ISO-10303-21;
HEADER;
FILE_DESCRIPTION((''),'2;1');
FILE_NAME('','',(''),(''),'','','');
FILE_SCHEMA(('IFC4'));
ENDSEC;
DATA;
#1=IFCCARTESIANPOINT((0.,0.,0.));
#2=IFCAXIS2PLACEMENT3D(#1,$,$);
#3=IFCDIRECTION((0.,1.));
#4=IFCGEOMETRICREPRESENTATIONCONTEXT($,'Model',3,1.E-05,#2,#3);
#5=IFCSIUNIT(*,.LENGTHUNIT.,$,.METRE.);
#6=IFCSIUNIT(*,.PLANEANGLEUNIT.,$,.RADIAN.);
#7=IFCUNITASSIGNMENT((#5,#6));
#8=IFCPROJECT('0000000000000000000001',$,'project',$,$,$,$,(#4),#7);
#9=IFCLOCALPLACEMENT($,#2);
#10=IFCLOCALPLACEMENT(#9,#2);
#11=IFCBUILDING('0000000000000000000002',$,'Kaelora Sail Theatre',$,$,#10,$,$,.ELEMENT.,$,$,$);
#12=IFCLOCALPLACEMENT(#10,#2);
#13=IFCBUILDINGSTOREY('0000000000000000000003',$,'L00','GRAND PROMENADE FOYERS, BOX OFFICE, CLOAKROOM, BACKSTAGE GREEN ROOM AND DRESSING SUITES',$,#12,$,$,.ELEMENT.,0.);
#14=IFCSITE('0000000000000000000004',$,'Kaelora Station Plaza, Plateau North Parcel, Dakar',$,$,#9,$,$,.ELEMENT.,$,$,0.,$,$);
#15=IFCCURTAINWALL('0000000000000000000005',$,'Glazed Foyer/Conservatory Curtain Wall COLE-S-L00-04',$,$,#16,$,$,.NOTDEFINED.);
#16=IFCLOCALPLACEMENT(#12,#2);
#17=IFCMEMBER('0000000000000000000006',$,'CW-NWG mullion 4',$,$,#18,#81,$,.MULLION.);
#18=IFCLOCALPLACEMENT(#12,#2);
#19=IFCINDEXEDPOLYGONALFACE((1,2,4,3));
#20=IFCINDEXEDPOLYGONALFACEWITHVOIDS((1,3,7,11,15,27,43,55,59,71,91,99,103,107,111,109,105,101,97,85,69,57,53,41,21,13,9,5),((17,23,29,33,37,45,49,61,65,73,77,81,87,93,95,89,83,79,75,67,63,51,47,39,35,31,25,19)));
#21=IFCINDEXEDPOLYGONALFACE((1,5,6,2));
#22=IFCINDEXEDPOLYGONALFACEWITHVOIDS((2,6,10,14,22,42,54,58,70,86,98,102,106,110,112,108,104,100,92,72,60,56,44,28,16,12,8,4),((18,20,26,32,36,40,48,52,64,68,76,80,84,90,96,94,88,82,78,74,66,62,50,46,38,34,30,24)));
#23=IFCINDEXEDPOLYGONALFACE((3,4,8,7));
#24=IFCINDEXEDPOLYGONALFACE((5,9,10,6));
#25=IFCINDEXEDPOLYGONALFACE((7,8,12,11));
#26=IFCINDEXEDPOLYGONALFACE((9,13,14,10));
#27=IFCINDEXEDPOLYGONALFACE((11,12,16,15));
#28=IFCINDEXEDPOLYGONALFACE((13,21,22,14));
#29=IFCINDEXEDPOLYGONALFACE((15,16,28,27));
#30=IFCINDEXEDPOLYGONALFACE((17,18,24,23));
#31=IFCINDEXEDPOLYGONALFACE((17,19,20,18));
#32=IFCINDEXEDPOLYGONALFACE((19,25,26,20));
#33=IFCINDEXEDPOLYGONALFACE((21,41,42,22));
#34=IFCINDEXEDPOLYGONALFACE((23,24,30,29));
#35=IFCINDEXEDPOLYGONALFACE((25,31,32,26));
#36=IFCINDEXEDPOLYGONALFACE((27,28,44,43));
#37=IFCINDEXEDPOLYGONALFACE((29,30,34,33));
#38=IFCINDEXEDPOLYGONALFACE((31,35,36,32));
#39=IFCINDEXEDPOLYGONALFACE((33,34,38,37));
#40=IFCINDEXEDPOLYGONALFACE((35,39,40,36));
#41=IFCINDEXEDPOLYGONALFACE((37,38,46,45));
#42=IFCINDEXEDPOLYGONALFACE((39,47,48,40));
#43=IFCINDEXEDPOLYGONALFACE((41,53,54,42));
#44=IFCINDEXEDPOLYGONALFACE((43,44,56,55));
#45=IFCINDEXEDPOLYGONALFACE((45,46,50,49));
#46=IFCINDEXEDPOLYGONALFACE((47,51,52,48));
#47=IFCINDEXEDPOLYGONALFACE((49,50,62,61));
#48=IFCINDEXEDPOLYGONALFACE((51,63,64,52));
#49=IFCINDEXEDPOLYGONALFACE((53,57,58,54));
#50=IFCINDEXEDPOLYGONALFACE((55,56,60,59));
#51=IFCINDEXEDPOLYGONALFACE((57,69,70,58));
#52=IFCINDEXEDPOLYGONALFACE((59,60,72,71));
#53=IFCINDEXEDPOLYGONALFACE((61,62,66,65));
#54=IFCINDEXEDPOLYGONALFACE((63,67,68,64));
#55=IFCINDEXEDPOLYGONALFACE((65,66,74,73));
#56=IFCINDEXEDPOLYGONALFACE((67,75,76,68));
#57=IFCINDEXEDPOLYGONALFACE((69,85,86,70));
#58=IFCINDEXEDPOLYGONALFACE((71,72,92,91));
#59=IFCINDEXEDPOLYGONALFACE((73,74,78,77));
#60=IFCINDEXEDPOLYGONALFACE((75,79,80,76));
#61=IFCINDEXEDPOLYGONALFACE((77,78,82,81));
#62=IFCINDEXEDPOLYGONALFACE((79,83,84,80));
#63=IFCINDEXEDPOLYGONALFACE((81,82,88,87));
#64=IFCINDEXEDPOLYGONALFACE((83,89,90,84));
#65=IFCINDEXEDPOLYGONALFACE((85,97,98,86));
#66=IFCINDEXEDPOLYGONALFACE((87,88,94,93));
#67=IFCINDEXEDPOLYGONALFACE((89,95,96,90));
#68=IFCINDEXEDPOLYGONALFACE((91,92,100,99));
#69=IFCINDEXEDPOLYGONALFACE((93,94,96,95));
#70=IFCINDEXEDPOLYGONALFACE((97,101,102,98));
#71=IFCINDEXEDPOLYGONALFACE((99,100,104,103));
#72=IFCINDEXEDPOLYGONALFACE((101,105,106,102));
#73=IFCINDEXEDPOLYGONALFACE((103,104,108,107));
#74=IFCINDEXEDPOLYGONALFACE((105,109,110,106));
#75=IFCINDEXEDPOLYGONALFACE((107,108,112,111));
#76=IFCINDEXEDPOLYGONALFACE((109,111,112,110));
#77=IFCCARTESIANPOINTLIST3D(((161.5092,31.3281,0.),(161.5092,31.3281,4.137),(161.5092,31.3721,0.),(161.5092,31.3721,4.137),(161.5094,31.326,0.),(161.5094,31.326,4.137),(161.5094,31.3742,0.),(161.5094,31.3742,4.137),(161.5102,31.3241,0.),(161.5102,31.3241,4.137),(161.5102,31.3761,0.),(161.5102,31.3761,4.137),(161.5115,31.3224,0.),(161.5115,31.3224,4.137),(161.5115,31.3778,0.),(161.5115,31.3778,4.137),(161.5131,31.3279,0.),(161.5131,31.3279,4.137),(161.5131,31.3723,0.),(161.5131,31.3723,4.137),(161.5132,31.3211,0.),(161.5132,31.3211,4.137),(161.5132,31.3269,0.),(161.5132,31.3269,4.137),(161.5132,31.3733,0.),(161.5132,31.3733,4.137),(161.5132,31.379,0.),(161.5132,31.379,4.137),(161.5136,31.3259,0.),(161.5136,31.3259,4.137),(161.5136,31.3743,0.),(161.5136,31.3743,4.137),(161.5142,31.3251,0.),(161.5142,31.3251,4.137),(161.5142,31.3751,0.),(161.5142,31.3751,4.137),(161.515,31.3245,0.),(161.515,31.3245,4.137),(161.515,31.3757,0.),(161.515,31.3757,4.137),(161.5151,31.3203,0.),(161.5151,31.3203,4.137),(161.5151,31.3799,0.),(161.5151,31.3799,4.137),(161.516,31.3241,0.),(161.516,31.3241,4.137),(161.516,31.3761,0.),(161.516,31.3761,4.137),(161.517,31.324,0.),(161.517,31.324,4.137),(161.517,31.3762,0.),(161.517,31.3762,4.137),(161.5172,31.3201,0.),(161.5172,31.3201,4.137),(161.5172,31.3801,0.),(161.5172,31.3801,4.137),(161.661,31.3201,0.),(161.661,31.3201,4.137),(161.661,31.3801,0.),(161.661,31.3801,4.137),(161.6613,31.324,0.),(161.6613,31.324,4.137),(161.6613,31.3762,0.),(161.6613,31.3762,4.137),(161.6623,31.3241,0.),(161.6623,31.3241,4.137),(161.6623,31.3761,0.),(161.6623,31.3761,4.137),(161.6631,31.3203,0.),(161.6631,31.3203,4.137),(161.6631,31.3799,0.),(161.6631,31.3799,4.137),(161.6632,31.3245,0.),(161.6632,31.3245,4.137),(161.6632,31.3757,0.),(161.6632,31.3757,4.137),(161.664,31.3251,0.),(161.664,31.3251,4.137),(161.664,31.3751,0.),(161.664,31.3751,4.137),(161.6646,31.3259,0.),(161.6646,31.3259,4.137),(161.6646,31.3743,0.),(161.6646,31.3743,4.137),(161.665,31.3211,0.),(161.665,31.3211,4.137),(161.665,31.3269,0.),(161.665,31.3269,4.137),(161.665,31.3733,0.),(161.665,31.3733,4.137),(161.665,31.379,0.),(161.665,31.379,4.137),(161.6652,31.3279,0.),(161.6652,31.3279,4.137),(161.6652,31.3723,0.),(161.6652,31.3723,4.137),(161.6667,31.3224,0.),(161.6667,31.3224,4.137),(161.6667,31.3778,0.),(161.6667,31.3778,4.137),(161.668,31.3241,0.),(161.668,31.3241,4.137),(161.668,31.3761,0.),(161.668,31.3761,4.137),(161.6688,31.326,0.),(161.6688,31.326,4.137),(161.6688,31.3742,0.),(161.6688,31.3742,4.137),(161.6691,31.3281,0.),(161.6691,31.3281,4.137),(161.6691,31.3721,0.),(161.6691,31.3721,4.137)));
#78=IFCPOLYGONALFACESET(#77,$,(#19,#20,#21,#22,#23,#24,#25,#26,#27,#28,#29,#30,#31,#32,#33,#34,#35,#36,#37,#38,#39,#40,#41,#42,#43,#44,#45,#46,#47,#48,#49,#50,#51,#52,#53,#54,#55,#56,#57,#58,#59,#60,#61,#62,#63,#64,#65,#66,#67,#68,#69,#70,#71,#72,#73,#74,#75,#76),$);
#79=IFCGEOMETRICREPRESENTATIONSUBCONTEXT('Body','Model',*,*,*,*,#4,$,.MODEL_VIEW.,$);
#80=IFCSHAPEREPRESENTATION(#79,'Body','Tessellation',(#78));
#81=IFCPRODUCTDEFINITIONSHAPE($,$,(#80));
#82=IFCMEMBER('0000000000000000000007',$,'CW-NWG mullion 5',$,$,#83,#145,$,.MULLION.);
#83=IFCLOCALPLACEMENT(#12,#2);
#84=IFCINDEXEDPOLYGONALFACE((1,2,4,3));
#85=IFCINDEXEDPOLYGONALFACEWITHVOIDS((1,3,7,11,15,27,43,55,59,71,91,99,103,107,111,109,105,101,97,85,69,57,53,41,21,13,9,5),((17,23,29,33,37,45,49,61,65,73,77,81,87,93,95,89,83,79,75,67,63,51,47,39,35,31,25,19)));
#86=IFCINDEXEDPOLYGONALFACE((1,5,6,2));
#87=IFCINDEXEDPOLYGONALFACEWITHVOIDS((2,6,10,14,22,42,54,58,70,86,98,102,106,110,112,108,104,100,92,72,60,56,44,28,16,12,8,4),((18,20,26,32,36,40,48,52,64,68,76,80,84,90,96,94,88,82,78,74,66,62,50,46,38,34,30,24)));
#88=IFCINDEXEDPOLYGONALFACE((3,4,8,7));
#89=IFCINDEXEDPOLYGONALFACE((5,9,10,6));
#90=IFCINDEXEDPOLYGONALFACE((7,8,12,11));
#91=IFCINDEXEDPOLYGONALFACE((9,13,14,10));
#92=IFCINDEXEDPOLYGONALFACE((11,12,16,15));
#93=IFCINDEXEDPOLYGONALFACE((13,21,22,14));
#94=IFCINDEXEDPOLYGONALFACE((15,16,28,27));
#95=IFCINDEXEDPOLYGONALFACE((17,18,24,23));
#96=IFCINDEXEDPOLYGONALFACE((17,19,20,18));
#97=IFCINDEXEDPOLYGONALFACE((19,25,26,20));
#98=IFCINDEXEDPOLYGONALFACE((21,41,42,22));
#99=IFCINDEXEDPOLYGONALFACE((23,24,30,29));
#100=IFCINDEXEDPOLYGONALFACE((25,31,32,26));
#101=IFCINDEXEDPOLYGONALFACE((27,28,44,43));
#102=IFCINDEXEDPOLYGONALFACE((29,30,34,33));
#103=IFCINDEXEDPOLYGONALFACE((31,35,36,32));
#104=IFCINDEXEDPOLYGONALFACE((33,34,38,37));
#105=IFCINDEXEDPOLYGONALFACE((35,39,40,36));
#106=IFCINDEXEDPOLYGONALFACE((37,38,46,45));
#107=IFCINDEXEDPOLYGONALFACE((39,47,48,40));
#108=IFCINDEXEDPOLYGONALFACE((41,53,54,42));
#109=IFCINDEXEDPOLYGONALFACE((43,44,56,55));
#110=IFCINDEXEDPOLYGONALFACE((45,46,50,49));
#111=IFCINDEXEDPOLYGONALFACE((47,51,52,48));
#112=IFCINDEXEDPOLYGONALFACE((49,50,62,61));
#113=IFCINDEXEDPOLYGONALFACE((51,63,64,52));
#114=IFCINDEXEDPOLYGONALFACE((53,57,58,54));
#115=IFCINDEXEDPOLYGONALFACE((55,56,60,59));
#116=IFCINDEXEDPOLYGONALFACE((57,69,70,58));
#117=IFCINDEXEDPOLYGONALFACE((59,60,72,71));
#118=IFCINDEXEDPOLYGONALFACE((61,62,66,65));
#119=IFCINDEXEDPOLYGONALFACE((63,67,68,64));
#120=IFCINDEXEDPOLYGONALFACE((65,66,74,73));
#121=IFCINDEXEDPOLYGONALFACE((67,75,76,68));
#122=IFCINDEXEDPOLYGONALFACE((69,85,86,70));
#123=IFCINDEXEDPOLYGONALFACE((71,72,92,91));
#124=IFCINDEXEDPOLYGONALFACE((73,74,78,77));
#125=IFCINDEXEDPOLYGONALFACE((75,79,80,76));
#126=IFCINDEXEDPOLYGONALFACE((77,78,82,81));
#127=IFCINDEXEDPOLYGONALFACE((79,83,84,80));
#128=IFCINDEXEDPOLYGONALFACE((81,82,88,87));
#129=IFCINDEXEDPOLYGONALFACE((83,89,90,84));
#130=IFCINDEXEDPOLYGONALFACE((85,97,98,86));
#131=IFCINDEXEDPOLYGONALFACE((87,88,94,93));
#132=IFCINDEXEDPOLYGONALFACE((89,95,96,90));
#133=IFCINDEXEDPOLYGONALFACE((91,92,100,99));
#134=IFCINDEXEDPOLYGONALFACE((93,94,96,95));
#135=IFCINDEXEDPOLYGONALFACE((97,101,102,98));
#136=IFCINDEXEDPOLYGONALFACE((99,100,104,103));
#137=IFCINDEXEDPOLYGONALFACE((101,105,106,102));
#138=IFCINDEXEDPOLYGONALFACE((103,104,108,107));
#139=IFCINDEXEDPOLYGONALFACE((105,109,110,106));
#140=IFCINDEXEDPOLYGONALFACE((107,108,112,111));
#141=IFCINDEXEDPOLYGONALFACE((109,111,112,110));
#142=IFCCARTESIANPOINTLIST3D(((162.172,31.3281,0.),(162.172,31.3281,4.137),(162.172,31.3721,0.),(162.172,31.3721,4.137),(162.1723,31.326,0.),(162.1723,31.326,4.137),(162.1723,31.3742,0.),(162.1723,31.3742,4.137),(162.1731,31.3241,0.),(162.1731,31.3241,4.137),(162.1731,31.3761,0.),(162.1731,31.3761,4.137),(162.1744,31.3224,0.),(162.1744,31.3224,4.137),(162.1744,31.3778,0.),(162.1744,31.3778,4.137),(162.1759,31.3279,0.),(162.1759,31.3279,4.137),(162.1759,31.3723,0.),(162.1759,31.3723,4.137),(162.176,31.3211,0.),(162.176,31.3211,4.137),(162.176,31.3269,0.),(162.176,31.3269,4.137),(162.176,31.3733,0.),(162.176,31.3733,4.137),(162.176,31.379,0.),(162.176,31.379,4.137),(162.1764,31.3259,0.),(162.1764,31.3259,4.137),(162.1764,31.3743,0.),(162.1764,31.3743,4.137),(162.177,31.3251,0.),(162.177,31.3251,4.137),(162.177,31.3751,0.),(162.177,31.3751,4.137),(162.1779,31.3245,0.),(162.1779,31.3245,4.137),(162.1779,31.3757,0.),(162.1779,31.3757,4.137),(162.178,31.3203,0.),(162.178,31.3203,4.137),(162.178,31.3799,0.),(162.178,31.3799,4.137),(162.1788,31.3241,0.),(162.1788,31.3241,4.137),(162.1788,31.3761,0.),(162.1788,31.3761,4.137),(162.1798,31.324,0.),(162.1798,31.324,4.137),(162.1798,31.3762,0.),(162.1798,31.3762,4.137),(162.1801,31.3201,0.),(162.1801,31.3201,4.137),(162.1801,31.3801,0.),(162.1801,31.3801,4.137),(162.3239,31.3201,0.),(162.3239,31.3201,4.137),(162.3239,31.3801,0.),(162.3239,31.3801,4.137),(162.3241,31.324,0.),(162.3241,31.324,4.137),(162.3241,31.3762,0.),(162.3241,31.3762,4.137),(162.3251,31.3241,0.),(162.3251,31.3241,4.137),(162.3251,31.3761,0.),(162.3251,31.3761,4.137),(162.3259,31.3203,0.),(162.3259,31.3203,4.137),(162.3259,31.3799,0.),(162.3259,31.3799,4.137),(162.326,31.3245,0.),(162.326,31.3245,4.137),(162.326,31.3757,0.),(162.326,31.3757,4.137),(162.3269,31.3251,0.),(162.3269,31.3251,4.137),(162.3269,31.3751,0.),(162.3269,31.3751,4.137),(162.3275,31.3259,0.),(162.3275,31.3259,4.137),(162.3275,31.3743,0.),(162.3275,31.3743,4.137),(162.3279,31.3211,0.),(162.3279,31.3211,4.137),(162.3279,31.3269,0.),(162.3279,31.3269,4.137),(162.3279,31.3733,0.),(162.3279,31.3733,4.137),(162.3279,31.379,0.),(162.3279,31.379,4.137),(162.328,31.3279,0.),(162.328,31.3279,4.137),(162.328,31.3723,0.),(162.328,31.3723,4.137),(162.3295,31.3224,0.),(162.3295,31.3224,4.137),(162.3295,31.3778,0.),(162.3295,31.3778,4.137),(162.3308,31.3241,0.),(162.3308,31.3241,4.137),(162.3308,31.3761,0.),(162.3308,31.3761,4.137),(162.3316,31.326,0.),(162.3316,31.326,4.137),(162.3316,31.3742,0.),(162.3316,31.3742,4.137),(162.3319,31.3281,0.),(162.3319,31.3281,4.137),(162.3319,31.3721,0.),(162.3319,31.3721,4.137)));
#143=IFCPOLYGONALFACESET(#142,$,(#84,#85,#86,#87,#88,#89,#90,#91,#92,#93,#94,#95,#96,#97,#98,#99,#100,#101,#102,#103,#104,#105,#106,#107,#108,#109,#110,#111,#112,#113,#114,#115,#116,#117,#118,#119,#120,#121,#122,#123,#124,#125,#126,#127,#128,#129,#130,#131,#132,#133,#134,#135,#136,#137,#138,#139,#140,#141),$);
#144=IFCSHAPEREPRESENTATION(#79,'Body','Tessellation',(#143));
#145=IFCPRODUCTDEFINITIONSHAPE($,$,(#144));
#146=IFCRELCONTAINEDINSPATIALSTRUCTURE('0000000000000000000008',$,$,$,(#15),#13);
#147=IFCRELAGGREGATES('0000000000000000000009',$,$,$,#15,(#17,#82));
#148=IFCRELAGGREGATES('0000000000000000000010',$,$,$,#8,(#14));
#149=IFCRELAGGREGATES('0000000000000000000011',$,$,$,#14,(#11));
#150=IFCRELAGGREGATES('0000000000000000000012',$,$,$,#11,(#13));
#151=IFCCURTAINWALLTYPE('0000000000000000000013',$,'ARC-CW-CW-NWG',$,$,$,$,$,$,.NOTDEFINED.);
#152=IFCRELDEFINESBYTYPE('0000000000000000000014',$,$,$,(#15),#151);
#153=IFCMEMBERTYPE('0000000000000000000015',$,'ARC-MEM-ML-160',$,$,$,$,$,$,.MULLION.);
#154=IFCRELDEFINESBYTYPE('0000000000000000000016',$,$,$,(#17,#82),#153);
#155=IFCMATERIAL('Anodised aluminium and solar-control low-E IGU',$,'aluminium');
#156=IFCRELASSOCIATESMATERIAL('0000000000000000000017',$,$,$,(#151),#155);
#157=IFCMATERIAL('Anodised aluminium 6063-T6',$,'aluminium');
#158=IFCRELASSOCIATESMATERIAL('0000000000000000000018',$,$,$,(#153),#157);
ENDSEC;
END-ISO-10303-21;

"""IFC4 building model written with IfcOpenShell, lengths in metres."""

from ifc_helpers import new_model, si_unit, direction, frame, origin, origin_2d, place, context, subcontext, project, spatial, hollow_rectangle, extrude, material, material_profile, profile_set, type_object, element, aggregate, save


model = new_model("IFC4")

# Units and contexts
model_context = context("Model", 3, precision=1e-05, world=origin(), true_north=direction((0.0, 1.0)))
body_context = subcontext(model_context, "Body", "Model", "MODEL_VIEW")
ifc_project = project(units=[si_unit("LENGTHUNIT", "METRE"), si_unit("PLANEANGLEUNIT", "RADIAN")], contexts=[model_context])

# Site, building, storey
site_placement = place(None, origin())
site = spatial("IfcSite", under=ifc_project, at=site_placement, Name="Kaelora Station Plaza, Plateau North Parcel, Dakar", CompositionType="ELEMENT", RefElevation=0.0)
building_placement = place(site_placement, origin())
building = spatial("IfcBuilding", under=site, at=building_placement, Name="Kaelora Sail Theatre", CompositionType="ELEMENT")
storey_placement = place(building_placement, origin())
storey = spatial("IfcBuildingStorey", under=building, at=storey_placement, Name="L00", Description="GRAND PROMENADE FOYERS, BOX OFFICE, CLOAKROOM, BACKSTAGE GREEN ROOM AND DRESSING SUITES", CompositionType="ELEMENT", Elevation=0.0)

# Curtain wall, members
ifc_material_1 = material(Name="Anodised aluminium and solar-control low-E IGU", Category="aluminium")
curtain_wall_type_1 = type_object("IfcCurtainWallType", Name="ARC-CW-CW-NWG", PredefinedType="NOTDEFINED", material=ifc_material_1)
curtain_wall_1_placement = place(storey_placement, origin())
curtain_wall_1 = element("IfcCurtainWall", 1, at=curtain_wall_1_placement, inside=storey, type_object=curtain_wall_type_1, Name="Glazed Foyer/Conservatory Curtain Wall COLE-S-L00-04", PredefinedType="NOTDEFINED")
ifc_material_2 = material(Name="Anodised aluminium 6063-T6", Category="aluminium")
ifc_material_profile_1 = material_profile(ifc_material_2, hollow_rectangle(XDim=0.0601, YDim=0.1599, WallThickness=0.0039, InnerFilletRadius=0.0039, OuterFilletRadius=0.0081, at=origin_2d()), Name="ALU-MULL 60x160x4")
ifc_profile_set_1 = profile_set([ifc_material_profile_1], Name="Anodised aluminium 6063-T6")
member_type_1 = type_object("IfcMemberType", Name="ARC-MEM-ML-160", PredefinedType="MULLION", material=ifc_profile_set_1)
member_1_placement = place(storey_placement, frame((161.5891, 31.3501, 0.0), z_axis=(0.0, 0.0, 1.0), x_axis=(0.0, 1.0, 0.0)))
member_1 = element("IfcMember", 2, at=member_1_placement, type_object=member_type_1, Name="CW-NWG mullion 4", PredefinedType="MULLION", context=body_context, shape_type="SweptSolid", body=[
    extrude(hollow_rectangle(XDim=0.0601, YDim=0.1599, WallThickness=0.0039, InnerFilletRadius=0.0039, OuterFilletRadius=0.0081, at=origin_2d()), origin(), (0.0, 0.0, 1.0), 4.137),
])
member_2_placement = place(storey_placement, frame((162.252, 31.3501, 0.0), z_axis=(0.0, 0.0, 1.0), x_axis=(0.0, 1.0, 0.0)))
member_2 = element("IfcMember", 3, at=member_2_placement, type_object=member_type_1, Name="CW-NWG mullion 5", PredefinedType="MULLION", context=body_context, shape_type="SweptSolid", body=[
    extrude(hollow_rectangle(XDim=0.0601, YDim=0.1599, WallThickness=0.0039, InnerFilletRadius=0.0039, OuterFilletRadius=0.0081, at=origin_2d()), origin(), (0.0, 0.0, 1.0), 4.137),
])

aggregate(curtain_wall_1, [member_1, member_2])

save(model, "model.ifc")
